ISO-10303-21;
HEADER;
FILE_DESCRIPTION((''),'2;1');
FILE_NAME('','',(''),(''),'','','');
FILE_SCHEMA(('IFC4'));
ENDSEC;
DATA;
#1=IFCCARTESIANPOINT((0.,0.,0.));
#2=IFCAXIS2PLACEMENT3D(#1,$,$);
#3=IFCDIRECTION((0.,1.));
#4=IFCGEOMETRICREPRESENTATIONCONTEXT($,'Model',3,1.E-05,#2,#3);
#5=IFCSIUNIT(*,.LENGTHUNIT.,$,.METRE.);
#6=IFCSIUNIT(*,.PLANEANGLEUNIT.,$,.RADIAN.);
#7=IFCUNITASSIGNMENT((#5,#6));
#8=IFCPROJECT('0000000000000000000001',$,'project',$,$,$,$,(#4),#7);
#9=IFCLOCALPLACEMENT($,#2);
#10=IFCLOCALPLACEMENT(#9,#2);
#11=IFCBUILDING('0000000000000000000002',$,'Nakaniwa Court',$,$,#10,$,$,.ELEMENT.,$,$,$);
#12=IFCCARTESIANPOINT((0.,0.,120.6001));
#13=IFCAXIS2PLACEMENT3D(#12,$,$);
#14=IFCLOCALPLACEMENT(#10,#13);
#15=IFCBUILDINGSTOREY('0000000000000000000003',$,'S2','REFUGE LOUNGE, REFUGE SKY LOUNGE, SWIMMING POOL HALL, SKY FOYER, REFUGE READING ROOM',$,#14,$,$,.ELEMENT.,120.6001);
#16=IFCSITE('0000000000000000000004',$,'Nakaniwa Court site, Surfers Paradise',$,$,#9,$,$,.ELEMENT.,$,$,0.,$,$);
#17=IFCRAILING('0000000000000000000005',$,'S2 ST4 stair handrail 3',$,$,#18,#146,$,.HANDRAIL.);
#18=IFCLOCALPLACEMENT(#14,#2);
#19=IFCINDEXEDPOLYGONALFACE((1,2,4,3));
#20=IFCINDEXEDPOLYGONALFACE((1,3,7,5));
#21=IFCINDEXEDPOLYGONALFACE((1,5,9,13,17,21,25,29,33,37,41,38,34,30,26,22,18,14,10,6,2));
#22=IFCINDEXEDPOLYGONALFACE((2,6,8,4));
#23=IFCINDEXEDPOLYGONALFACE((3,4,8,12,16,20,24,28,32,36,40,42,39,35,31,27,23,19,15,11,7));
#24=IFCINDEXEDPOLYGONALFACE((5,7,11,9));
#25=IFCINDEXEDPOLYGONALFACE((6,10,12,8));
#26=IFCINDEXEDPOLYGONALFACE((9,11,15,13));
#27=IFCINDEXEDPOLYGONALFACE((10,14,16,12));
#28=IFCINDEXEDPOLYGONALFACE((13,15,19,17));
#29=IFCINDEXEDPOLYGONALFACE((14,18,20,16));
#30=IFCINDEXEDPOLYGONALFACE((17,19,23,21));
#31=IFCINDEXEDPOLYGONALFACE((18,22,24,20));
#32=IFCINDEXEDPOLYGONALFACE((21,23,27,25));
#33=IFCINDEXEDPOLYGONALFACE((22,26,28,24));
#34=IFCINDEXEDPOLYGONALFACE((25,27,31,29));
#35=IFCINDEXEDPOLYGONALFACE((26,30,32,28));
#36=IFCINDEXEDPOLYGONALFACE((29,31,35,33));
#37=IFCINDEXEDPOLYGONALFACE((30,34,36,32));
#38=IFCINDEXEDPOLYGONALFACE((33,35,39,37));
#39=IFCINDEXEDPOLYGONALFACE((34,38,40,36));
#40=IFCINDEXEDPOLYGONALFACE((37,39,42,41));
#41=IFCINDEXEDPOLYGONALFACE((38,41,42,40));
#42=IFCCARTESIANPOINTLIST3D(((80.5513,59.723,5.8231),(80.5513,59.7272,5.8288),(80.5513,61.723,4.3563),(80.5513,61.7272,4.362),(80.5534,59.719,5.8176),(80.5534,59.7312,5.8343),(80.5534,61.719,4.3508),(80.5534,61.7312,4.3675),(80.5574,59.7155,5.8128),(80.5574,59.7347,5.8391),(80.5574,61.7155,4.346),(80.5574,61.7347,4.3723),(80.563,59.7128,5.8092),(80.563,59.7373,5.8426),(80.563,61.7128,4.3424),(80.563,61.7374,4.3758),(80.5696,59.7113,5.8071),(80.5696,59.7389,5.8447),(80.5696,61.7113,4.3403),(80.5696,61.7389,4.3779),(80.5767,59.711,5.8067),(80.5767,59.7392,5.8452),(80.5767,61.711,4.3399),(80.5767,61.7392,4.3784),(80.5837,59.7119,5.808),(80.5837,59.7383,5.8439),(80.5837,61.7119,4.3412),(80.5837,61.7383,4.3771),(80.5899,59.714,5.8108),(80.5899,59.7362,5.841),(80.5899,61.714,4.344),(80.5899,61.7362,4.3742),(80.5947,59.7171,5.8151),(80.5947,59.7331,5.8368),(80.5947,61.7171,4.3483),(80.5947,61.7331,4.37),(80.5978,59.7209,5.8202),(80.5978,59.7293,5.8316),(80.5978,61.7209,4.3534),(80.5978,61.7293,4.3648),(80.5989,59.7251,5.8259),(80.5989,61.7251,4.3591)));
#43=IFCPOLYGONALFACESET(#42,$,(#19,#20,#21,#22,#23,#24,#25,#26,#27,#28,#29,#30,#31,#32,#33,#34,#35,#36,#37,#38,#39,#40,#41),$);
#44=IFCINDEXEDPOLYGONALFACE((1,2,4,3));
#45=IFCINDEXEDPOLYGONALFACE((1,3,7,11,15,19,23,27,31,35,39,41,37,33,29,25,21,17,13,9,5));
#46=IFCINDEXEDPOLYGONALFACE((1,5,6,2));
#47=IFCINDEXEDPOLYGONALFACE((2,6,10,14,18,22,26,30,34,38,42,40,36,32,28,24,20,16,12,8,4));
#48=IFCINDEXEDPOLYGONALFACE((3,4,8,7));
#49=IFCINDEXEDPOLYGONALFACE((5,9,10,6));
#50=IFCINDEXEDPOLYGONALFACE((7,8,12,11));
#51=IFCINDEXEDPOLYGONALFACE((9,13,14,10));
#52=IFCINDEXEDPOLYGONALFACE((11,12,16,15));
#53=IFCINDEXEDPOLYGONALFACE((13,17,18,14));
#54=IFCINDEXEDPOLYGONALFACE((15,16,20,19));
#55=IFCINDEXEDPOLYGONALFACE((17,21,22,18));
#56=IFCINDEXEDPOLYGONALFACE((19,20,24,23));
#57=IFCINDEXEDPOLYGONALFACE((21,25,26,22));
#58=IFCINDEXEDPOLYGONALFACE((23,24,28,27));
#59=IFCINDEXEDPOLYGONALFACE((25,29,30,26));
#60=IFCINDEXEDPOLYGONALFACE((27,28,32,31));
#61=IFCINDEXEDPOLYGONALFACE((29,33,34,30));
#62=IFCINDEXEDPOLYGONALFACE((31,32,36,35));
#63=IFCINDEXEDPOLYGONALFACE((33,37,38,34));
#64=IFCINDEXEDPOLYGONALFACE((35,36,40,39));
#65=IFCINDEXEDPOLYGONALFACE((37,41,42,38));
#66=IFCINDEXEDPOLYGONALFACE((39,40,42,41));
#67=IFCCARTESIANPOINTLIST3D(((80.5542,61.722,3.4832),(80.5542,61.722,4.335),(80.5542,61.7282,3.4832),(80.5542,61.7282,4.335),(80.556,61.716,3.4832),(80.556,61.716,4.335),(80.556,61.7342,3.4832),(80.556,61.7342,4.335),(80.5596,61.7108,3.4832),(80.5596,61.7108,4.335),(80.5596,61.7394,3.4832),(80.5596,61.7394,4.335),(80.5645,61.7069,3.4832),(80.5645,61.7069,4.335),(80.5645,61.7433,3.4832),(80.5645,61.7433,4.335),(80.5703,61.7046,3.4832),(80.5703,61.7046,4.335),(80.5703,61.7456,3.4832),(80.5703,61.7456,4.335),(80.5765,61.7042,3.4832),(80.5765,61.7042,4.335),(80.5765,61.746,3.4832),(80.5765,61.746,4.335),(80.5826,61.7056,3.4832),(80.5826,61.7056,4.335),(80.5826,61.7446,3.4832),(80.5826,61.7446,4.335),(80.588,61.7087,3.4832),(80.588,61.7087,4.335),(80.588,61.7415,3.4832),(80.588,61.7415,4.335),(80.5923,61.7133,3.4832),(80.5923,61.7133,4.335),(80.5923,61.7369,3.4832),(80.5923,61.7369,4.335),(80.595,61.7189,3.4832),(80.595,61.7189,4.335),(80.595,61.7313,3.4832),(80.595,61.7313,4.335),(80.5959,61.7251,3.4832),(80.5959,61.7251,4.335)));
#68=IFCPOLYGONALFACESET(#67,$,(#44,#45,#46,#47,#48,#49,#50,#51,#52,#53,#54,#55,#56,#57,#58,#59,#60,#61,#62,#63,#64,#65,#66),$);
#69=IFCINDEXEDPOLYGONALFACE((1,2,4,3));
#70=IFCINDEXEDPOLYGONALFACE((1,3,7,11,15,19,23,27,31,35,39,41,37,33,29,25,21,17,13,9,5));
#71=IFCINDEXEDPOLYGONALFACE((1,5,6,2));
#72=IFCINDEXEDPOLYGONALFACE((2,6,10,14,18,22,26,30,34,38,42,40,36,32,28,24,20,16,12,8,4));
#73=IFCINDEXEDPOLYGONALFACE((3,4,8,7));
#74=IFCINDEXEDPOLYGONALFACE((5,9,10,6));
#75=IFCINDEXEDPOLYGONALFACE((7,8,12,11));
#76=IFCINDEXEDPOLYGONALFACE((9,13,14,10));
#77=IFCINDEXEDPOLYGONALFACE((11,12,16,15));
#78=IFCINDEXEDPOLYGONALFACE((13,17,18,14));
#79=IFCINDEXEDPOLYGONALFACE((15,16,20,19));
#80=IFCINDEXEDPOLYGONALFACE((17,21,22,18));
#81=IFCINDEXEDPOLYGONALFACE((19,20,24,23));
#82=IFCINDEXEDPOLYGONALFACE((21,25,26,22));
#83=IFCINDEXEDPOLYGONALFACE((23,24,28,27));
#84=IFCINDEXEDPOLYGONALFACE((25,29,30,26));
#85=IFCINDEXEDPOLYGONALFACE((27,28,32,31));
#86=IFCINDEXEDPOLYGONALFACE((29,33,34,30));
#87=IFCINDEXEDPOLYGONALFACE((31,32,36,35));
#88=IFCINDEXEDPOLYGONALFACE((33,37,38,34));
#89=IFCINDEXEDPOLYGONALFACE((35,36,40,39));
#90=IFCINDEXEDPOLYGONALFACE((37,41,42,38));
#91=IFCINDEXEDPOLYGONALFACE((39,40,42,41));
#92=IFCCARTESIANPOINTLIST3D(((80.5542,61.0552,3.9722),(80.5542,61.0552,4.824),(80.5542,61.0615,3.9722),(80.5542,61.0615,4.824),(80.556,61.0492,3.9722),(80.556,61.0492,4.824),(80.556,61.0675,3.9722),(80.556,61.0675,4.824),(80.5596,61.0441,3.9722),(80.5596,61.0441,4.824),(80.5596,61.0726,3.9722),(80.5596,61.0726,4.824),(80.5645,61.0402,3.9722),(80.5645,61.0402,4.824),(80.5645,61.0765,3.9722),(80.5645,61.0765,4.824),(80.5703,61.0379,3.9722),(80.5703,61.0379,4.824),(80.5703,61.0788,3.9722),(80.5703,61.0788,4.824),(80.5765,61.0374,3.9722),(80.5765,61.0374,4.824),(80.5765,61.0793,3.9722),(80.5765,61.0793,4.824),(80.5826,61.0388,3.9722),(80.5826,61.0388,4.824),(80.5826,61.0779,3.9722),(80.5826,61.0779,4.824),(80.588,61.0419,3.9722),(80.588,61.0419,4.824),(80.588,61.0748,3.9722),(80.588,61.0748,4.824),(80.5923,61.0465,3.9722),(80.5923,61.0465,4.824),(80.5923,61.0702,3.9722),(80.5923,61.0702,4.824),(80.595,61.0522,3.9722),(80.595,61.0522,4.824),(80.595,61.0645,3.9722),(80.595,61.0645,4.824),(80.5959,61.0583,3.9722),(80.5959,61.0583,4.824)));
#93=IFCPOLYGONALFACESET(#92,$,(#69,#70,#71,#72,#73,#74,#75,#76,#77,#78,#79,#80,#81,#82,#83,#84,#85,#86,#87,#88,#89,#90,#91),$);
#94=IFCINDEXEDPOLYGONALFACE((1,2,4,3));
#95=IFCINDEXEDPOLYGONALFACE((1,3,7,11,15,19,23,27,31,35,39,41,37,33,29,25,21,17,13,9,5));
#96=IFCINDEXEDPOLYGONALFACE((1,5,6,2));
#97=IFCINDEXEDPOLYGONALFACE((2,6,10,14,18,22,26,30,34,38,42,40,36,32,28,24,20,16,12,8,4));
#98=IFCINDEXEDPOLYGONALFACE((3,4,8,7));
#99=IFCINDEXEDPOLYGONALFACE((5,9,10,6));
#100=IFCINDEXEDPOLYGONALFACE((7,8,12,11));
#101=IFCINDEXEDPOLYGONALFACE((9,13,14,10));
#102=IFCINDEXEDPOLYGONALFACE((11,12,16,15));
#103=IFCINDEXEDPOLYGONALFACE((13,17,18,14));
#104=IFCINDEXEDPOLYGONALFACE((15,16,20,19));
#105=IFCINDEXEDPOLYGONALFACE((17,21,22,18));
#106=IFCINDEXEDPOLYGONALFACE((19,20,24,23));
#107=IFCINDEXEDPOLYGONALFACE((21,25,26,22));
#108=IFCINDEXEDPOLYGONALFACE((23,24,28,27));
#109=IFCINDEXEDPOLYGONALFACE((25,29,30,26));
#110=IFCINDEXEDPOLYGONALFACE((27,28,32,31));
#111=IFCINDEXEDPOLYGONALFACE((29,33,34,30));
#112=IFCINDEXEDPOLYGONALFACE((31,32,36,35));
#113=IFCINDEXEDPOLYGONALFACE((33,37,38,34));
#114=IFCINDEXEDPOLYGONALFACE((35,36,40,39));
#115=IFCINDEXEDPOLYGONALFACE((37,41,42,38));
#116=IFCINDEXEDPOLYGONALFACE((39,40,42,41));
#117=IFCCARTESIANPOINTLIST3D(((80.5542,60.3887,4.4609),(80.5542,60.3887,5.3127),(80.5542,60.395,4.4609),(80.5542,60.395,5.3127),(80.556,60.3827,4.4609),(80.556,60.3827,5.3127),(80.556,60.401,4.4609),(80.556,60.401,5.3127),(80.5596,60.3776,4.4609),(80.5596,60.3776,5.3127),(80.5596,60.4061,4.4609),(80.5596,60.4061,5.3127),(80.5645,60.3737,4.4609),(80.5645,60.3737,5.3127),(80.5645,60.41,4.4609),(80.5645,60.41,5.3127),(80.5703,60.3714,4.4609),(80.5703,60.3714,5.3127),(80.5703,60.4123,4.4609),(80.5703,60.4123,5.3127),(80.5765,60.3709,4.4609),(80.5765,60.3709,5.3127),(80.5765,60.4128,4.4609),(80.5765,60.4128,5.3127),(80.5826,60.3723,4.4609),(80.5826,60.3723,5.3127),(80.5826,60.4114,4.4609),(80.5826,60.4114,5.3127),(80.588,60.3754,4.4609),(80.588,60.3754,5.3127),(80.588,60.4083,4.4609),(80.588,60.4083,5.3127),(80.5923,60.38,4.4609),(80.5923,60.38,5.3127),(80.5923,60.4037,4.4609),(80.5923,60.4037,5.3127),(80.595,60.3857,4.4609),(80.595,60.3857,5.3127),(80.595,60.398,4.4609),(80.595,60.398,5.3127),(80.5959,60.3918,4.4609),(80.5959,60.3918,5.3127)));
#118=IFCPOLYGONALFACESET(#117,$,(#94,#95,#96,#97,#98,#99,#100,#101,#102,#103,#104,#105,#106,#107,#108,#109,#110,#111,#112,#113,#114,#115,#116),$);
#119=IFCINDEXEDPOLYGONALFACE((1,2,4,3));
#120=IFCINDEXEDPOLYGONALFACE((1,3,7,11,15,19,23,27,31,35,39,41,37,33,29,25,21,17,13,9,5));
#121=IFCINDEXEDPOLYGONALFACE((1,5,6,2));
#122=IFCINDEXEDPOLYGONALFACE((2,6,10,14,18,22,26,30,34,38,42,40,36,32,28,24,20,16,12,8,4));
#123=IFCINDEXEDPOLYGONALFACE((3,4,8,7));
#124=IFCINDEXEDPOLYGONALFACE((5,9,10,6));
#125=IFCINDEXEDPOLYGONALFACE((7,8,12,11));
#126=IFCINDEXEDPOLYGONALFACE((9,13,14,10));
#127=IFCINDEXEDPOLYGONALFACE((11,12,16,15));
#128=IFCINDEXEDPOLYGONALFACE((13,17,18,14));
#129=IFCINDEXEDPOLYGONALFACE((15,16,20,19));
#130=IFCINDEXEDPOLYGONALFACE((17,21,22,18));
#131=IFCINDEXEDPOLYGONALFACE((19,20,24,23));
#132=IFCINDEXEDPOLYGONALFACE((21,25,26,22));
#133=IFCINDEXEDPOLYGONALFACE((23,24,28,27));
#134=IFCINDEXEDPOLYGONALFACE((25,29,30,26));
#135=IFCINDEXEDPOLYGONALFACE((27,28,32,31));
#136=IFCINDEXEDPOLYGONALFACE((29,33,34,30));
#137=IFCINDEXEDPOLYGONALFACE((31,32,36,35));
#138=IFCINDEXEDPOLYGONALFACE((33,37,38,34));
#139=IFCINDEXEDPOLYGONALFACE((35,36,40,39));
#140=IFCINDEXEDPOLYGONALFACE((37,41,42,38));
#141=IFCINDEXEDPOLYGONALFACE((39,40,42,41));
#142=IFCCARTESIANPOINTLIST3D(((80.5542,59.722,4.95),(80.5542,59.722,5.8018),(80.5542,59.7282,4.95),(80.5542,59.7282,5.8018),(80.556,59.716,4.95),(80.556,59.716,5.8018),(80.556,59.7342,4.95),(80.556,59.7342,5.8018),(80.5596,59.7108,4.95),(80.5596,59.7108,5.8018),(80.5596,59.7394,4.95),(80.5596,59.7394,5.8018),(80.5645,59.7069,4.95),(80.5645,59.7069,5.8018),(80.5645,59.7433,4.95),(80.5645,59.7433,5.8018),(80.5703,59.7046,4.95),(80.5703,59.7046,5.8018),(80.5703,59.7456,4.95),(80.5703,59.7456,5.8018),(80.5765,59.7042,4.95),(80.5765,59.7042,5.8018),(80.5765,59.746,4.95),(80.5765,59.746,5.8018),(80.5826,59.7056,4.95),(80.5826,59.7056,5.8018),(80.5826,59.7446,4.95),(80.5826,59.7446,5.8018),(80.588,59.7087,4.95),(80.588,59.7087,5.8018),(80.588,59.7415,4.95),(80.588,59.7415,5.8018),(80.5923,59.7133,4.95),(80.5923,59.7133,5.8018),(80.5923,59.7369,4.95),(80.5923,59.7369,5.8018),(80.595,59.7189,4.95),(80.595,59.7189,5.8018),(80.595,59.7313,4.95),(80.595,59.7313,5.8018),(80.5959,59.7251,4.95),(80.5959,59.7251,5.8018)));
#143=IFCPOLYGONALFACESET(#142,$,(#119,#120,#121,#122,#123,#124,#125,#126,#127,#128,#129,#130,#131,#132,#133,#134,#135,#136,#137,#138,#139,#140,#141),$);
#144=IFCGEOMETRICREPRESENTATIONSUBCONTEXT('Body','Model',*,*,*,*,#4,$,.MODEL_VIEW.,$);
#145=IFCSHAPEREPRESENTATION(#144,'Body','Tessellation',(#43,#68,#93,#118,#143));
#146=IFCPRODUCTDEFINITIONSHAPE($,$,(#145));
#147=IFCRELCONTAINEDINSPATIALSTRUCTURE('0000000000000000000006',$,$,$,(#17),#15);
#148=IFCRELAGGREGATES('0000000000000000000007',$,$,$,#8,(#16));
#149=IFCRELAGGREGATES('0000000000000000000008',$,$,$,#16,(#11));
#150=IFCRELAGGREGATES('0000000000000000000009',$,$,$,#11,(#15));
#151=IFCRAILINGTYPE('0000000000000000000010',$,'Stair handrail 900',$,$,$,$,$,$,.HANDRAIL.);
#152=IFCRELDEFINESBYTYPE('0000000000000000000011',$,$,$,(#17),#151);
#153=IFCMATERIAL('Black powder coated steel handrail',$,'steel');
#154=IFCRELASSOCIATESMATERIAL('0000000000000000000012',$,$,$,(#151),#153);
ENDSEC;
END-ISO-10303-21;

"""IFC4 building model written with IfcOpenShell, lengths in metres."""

from ifc_helpers import new_model, si_unit, direction, frame, origin, origin_2d, place, context, subcontext, project, spatial, circle, extrude, material, type_object, element, save


model = new_model("IFC4")

# Units and contexts
model_context = context("Model", 3, precision=1e-05, world=origin(), true_north=direction((0.0, 1.0)))
body_context = subcontext(model_context, "Body", "Model", "MODEL_VIEW")
ifc_project = project(units=[si_unit("LENGTHUNIT", "METRE"), si_unit("PLANEANGLEUNIT", "RADIAN")], contexts=[model_context])

# Site, building, storey
site_placement = place(None, origin())
site = spatial("IfcSite", under=ifc_project, at=site_placement, Name="Nakaniwa Court site, Surfers Paradise", CompositionType="ELEMENT", RefElevation=0.0)
building_placement = place(site_placement, origin())
building = spatial("IfcBuilding", under=site, at=building_placement, Name="Nakaniwa Court", CompositionType="ELEMENT")
storey_placement = place(building_placement, frame((0.0, 0.0, 120.6001)))
storey = spatial("IfcBuildingStorey", under=building, at=storey_placement, Name="S2", Description="REFUGE LOUNGE, REFUGE SKY LOUNGE, SWIMMING POOL HALL, SKY FOYER, REFUGE READING ROOM", CompositionType="ELEMENT", Elevation=120.6001)

# Railing
ifc_material_1 = material(Name="Black powder coated steel handrail", Category="steel")
railing_type_1 = type_object("IfcRailingType", Name="Stair handrail 900", PredefinedType="HANDRAIL", material=ifc_material_1)
railing_1_placement = place(storey_placement, frame((80.575, 61.7251, 3.4832)))
element("IfcRailing", 1, at=railing_1_placement, inside=storey, type_object=railing_type_1, Name="S2 ST4 stair handrail 3", PredefinedType="HANDRAIL", context=body_context, shape_type="SweptSolid", body=[
    extrude(circle(Radius=0.0239, at=origin_2d()), frame((0.0, 0.0, 0.876), z_axis=(0.0, -0.80638, 0.591398), x_axis=(1.0, 0.0, 0.0)), (0.0, 0.0, 1.0), 2.4802),
    extrude(circle(Radius=0.021, at=origin_2d()), origin(), (0.0, 0.0, 1.0), 0.8518),
    extrude(circle(Radius=0.021, at=origin_2d()), frame((0.0, -0.6667, 0.489)), (0.0, 0.0, 1.0), 0.8518),
    extrude(circle(Radius=0.021, at=origin_2d()), frame((0.0, -1.3333, 0.9778)), (0.0, 0.0, 1.0), 0.8518),
    extrude(circle(Radius=0.021, at=origin_2d()), frame((0.0, -2.0, 1.4668)), (0.0, 0.0, 1.0), 0.8518),
])

save(model, "model.ifc")
